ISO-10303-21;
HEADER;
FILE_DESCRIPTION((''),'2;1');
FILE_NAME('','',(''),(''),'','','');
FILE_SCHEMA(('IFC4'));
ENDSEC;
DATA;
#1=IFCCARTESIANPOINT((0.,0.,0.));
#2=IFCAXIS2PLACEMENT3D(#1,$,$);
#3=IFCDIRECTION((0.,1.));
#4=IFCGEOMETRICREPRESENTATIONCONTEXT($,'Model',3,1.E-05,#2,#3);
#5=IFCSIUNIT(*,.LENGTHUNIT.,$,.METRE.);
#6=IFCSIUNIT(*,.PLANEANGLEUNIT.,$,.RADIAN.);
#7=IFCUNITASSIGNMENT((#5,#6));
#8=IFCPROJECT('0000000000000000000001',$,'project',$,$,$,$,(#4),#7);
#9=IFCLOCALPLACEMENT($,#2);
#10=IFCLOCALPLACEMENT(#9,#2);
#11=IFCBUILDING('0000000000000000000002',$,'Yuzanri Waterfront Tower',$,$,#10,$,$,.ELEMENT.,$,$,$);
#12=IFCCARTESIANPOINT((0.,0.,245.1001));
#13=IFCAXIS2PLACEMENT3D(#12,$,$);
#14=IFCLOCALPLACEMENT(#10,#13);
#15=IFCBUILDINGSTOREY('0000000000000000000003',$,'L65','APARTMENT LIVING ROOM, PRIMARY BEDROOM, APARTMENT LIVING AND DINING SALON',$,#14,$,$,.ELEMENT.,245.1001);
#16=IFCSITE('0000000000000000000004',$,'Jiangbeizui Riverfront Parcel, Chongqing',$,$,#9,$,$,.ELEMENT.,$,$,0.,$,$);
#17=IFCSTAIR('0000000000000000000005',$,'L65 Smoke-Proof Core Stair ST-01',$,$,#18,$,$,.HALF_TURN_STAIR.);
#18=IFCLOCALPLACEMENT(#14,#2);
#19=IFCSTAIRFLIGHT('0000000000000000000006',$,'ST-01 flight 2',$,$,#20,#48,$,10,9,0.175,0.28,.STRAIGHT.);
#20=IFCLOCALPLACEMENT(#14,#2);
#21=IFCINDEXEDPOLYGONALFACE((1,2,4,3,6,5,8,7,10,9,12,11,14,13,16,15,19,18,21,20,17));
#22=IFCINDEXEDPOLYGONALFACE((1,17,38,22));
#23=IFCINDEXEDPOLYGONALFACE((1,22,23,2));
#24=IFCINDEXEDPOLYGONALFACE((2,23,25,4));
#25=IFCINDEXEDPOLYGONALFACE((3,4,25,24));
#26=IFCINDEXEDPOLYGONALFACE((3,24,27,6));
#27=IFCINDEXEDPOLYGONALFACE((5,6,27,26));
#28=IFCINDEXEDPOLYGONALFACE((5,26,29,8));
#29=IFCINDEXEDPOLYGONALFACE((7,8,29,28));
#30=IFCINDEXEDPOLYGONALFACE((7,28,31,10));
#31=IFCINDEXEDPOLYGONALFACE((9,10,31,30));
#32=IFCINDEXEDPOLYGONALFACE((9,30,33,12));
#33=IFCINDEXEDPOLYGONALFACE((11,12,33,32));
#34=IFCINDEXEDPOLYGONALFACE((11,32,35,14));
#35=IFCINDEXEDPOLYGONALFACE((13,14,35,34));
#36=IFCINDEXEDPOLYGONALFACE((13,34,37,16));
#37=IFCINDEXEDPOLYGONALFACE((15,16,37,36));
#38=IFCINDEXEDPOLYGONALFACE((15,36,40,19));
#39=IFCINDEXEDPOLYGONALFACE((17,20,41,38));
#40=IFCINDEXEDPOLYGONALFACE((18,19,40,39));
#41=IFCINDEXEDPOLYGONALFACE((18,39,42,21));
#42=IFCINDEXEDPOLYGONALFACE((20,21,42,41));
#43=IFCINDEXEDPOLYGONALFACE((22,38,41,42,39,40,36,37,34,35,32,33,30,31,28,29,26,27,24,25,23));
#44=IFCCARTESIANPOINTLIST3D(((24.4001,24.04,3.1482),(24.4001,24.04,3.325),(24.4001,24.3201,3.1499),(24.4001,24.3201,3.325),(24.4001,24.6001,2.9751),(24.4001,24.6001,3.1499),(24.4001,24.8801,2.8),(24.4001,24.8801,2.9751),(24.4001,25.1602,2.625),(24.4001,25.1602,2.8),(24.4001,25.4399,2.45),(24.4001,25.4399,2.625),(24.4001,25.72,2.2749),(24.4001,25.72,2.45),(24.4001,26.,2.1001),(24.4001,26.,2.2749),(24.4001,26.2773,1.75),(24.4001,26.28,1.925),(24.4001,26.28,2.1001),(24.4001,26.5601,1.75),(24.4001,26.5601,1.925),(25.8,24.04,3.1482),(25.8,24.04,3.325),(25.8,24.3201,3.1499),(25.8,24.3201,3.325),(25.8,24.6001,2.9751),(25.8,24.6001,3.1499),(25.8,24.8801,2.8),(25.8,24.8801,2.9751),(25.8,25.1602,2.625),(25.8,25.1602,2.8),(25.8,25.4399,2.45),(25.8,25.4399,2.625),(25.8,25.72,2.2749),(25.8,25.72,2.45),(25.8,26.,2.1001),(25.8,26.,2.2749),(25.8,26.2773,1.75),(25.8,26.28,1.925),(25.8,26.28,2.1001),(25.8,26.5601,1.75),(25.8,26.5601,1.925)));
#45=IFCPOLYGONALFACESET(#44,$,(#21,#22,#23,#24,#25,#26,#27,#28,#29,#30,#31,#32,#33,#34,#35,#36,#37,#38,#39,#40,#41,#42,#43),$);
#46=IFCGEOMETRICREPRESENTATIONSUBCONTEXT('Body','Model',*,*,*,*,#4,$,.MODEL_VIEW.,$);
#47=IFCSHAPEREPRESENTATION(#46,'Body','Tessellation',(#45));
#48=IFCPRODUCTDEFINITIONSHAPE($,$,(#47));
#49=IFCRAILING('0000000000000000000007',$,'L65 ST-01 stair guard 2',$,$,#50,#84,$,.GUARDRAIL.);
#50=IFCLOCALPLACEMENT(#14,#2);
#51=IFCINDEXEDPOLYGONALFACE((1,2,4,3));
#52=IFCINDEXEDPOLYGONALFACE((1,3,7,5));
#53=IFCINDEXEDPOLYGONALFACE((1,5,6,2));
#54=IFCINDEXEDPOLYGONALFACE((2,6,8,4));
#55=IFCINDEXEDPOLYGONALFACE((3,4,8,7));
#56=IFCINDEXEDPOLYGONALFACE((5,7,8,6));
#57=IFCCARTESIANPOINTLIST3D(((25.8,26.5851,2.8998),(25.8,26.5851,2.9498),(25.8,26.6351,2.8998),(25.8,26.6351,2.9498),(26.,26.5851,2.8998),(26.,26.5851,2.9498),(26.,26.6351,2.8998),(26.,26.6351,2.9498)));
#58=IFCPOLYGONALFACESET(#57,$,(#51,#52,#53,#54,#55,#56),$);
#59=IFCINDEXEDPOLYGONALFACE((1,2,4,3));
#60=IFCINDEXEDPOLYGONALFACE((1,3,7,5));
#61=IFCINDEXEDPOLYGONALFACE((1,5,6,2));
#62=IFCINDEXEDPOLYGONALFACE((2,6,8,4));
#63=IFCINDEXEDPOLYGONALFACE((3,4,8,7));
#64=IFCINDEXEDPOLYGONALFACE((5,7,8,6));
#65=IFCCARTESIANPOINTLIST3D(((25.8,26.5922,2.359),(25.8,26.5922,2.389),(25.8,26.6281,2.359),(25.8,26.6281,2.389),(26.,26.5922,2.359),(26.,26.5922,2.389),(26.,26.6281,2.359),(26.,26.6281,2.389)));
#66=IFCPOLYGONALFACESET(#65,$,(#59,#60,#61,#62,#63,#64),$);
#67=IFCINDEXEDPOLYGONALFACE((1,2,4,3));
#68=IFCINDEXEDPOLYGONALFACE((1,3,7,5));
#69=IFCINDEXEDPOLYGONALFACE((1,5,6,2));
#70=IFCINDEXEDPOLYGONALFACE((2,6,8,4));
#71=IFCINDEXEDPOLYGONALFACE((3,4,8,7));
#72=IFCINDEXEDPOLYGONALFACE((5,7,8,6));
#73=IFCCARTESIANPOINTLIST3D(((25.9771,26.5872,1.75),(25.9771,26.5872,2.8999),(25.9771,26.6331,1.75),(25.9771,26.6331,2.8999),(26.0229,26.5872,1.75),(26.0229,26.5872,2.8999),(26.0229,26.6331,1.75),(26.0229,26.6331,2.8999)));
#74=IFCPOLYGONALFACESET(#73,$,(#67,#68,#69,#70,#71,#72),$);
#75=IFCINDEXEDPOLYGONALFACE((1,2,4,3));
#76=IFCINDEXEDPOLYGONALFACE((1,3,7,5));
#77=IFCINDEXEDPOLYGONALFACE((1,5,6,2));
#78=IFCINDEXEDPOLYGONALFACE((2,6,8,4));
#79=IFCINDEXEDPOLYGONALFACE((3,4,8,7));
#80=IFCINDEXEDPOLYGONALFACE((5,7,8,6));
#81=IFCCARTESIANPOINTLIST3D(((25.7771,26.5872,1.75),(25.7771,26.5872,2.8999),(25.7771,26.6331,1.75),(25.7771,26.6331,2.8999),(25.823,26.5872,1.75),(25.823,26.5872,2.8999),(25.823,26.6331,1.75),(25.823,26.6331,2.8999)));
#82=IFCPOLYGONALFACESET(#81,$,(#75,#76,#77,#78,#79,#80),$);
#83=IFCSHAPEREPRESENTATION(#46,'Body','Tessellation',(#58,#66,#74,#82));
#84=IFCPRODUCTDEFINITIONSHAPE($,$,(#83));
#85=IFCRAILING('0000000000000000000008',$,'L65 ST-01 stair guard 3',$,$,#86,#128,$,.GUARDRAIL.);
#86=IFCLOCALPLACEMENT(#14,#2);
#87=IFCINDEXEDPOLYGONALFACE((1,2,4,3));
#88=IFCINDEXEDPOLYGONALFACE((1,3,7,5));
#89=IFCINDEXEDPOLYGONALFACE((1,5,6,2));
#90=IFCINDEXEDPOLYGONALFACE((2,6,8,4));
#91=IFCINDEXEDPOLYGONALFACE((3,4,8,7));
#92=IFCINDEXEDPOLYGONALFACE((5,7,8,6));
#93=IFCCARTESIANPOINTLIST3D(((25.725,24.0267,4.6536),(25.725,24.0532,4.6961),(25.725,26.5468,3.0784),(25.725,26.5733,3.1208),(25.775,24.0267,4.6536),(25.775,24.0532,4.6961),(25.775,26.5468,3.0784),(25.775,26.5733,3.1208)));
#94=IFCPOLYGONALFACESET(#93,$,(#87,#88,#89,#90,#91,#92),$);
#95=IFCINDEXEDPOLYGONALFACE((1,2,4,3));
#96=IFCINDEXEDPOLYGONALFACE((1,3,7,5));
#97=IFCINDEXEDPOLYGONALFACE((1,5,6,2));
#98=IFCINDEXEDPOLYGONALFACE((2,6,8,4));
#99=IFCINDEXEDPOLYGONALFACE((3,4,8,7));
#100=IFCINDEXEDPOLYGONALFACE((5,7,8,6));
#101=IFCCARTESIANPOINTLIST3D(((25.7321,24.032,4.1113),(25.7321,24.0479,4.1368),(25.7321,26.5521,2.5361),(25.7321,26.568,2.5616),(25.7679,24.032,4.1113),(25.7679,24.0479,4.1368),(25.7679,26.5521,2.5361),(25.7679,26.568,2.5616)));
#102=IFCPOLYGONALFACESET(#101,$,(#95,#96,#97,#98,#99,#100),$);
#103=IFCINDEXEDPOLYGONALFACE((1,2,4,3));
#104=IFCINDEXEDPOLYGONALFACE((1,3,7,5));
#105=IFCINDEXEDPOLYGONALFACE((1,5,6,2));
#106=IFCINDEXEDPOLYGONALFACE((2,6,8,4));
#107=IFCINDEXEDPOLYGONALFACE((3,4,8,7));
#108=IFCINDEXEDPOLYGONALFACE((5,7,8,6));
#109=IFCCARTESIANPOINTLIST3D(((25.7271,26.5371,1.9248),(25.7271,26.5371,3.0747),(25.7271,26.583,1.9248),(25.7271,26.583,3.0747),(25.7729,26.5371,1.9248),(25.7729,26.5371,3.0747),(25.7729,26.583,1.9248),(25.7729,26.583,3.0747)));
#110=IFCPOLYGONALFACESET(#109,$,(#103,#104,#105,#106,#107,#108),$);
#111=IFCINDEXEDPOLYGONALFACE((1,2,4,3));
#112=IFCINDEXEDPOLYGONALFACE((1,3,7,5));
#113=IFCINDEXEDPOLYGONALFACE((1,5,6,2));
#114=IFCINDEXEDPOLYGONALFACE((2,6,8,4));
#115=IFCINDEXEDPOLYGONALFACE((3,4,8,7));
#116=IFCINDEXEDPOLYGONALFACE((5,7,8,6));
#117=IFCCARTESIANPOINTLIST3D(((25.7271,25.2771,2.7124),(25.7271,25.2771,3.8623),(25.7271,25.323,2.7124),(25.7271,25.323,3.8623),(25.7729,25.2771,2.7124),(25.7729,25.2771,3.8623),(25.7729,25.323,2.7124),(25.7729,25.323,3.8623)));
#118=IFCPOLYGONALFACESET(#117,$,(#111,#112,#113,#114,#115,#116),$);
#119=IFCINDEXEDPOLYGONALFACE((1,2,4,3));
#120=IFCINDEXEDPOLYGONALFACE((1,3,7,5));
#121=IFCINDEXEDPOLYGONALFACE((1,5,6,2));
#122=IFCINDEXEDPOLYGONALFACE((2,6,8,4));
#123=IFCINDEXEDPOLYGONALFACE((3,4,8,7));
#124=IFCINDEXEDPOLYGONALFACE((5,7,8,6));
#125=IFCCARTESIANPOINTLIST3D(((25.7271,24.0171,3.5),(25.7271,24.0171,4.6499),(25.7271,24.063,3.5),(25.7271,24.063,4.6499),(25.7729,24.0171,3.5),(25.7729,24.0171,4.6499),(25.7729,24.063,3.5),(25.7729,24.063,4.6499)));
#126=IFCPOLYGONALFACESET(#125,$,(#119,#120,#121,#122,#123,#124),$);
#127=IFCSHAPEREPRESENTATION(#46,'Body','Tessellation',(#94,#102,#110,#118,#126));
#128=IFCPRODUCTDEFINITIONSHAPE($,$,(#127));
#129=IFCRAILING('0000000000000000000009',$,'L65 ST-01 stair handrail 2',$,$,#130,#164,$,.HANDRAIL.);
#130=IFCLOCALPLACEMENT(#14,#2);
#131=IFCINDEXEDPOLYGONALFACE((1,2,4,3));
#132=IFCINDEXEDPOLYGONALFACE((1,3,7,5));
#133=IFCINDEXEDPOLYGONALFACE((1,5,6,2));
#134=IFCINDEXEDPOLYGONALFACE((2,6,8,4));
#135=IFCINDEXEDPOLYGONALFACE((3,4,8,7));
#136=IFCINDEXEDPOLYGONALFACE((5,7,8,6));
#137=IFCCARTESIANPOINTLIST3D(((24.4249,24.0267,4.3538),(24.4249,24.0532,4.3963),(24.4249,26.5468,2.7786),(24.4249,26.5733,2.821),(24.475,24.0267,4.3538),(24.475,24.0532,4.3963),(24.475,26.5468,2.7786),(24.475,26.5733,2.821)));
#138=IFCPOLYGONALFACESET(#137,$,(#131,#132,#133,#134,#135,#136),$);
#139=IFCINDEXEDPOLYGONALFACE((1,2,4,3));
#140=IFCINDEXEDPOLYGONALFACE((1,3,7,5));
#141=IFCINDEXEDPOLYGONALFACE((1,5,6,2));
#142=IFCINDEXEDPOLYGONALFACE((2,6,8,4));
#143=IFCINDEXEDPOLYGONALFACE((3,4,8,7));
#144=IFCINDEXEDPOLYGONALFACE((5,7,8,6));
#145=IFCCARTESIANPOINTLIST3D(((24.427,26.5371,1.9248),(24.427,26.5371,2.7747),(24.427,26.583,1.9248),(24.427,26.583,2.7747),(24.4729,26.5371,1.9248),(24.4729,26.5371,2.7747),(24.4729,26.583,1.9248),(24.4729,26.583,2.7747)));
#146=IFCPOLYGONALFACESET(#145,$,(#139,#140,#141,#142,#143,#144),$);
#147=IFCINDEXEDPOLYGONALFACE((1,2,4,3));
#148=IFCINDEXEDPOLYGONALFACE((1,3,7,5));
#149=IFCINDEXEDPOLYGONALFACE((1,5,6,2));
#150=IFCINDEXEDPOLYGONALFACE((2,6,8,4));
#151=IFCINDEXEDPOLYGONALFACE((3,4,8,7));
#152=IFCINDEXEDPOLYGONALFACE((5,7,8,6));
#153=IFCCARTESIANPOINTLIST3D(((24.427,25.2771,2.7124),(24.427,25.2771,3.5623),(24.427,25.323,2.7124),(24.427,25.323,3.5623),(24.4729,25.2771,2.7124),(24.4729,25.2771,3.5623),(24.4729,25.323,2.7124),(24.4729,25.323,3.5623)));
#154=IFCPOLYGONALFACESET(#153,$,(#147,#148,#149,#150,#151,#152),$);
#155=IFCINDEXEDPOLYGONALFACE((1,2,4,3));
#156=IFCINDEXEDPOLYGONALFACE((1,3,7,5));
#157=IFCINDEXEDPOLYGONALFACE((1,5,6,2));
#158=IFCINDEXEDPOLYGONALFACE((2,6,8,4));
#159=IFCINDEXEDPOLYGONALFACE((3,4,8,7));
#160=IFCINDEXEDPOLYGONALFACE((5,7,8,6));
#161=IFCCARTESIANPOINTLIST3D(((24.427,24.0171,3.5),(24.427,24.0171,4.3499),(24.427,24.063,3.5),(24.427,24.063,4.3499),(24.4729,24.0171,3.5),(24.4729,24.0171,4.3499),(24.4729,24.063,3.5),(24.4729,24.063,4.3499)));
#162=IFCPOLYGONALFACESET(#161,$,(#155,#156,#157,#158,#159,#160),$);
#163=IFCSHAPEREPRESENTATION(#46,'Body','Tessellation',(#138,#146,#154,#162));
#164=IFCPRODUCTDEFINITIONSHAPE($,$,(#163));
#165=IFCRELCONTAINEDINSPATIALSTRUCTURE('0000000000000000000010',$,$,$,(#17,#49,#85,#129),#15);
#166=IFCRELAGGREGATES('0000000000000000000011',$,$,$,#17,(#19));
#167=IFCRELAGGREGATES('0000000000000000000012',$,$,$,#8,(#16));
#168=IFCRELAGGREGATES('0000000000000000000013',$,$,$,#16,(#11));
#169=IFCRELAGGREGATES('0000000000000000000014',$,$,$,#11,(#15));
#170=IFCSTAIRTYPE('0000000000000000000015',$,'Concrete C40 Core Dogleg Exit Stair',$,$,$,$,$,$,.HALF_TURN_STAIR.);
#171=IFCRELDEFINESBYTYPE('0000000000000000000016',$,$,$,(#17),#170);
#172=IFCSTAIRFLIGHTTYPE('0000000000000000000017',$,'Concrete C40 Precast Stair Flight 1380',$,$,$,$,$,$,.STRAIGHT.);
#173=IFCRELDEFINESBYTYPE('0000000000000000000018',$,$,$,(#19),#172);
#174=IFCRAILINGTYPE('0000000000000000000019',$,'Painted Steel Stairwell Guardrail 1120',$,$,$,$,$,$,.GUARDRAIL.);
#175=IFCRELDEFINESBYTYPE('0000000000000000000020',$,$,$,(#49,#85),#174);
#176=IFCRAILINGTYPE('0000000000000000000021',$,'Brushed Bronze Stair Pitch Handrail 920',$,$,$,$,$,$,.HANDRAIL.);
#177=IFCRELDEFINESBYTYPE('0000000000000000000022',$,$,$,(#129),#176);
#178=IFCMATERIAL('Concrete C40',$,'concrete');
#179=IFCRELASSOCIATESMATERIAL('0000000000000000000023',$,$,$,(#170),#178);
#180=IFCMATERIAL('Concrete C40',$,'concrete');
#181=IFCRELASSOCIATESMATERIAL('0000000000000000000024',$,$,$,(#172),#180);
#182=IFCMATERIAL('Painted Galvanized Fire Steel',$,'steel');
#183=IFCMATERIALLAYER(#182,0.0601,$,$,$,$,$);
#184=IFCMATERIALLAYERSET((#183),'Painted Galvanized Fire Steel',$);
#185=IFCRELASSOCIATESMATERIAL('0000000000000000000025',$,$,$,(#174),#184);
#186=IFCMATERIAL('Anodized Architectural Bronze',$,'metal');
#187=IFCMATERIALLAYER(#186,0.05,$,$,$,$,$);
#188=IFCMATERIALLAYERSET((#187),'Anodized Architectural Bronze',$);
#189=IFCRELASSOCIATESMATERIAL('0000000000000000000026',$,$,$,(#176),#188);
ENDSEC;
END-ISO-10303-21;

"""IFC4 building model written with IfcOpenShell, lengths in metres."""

from ifc_helpers import new_model, si_unit, direction, frame, origin, origin_2d, place, context, subcontext, project, spatial, polyline, rectangle, outline, extrude, source, transform, mapped, material, layer, layer_set, type_object, element, aggregate, save


model = new_model("IFC4")

# Units and contexts
model_context = context("Model", 3, precision=1e-05, world=origin(), true_north=direction((0.0, 1.0)))
body_context = subcontext(model_context, "Body", "Model", "MODEL_VIEW")
ifc_project = project(units=[si_unit("LENGTHUNIT", "METRE"), si_unit("PLANEANGLEUNIT", "RADIAN")], contexts=[model_context])

# Site, building, storey
site_placement = place(None, origin())
site = spatial("IfcSite", under=ifc_project, at=site_placement, Name="Jiangbeizui Riverfront Parcel, Chongqing", CompositionType="ELEMENT", RefElevation=0.0)
building_placement = place(site_placement, origin())
building = spatial("IfcBuilding", under=site, at=building_placement, Name="Yuzanri Waterfront Tower", CompositionType="ELEMENT")
storey_placement = place(building_placement, frame((0.0, 0.0, 245.1001)))
storey = spatial("IfcBuildingStorey", under=building, at=storey_placement, Name="L65", Description="APARTMENT LIVING ROOM, PRIMARY BEDROOM, APARTMENT LIVING AND DINING SALON", CompositionType="ELEMENT", Elevation=245.1001)

# Stair, stair flight
ifc_material_1 = material(Name="Concrete C40", Category="concrete")
stair_type = type_object("IfcStairType", Name="Concrete C40 Core Dogleg Exit Stair", PredefinedType="HALF_TURN_STAIR", material=ifc_material_1)
stair_placement = place(storey_placement, origin())
stair = element("IfcStair", 1, at=stair_placement, inside=storey, type_object=stair_type, Name="L65 Smoke-Proof Core Stair ST-01", PredefinedType="HALF_TURN_STAIR")
ifc_material_2 = material(Name="Concrete C40", Category="concrete")
stair_flight_type = type_object("IfcStairFlightType", Name="Concrete C40 Precast Stair Flight 1380", PredefinedType="STRAIGHT", material=ifc_material_2)
shared_shape_1 = source(origin(), body_context, "Body", "SweptSolid", [
    extrude(outline(polyline([(0.0, 0.0), (0.0, 0.175), (0.28, 0.175), (0.28, 0.3501), (0.5601, 0.3501), (0.5601, 0.5249), (0.8401, 0.5249), (0.8401, 0.7), (1.1201, 0.7), (1.1201, 0.875), (1.3999, 0.875), (1.3999, 1.05), (1.6799, 1.05), (1.6799, 1.2251), (1.96, 1.2251), (1.96, 1.3999), (2.24, 1.3999), (2.24, 1.575), (2.52, 1.575), (2.52, 1.75), (2.52, 1.3982), (0.2827, 0.0), (0.0, 0.0)])), frame((0.0, 0.7, 0.0), z_axis=(0.0, -1.0, 0.0), x_axis=(1.0, 0.0, 0.0)), (0.0, 0.0, 1.0), 1.3999),
])
stair_flight_placement = place(storey_placement, frame((25.1001, 26.5601, 1.75), z_axis=(0.0, 0.0, 1.0), x_axis=(0.0, -1.0, 0.0)))
stair_flight = element("IfcStairFlight", 2, at=stair_flight_placement, type_object=stair_flight_type, Name="ST-01 flight 2", NumberOfRisers=10, NumberOfTreads=9, PredefinedType="STRAIGHT", RiserHeight=0.175, TreadLength=0.28, context=body_context, shape_type="MappedRepresentation", body=[
    mapped(shared_shape_1, transform((0.0, 0.0, 0.0), scale=1.0)),
])
aggregate(stair, [stair_flight])

# Railings
ifc_material_3 = material(Name="Painted Galvanized Fire Steel", Category="steel")
ifc_layer_1 = layer(ifc_material_3, 0.0601)
ifc_layer_set_1 = layer_set([ifc_layer_1], Name="Painted Galvanized Fire Steel")
railing_type_1 = type_object("IfcRailingType", Name="Painted Steel Stairwell Guardrail 1120", PredefinedType="GUARDRAIL", material=ifc_layer_set_1)
shared_shape_2 = source(origin(), body_context, "Body", "SweptSolid", [
    extrude(rectangle(XDim=0.05, YDim=0.05, at=origin_2d()), frame((0.0, 0.0, 1.1748), z_axis=(-1.0, 0.0, 0.0), x_axis=(0.0, -1.0, 0.0)), (0.0, 0.0, 1.0), 0.2),
    extrude(rectangle(XDim=0.0359, YDim=0.03, at=origin_2d()), frame((0.0, 0.0, 0.624), z_axis=(-1.0, 0.0, 0.0), x_axis=(0.0, -1.0, 0.0)), (0.0, 0.0, 1.0), 0.2),
    extrude(rectangle(XDim=0.0459, YDim=0.0459, at=origin_2d()), origin(), (0.0, 0.0, 1.0), 1.1499),
    extrude(rectangle(XDim=0.0459, YDim=0.0459, at=origin_2d()), frame((-0.2, 0.0, 0.0)), (0.0, 0.0, 1.0), 1.1499),
])
railing_1_placement = place(storey_placement, frame((26.0, 26.6101, 1.75)))
element("IfcRailing", 3, at=railing_1_placement, inside=storey, type_object=railing_type_1, Name="L65 ST-01 stair guard 2", PredefinedType="GUARDRAIL", context=body_context, shape_type="MappedRepresentation", body=[
    mapped(shared_shape_2, transform((0.0, 0.0, 0.0), scale=1.0)),
])
shared_shape_3 = source(origin(), body_context, "Body", "SweptSolid", [
    extrude(rectangle(XDim=0.05, YDim=0.05, at=origin_2d()), frame((0.0, 0.0, 1.1748), z_axis=(0.0, -0.847971, 0.530043), x_axis=(1.0, 0.0, 0.0)), (0.0, 0.0, 1.0), 2.9719),
    extrude(rectangle(XDim=0.0359, YDim=0.03, at=origin_2d()), frame((0.0, 0.0, 0.624), z_axis=(0.0, -0.847971, 0.530043), x_axis=(1.0, 0.0, 0.0)), (0.0, 0.0, 1.0), 2.9719),
    extrude(rectangle(XDim=0.0459, YDim=0.0459, at=origin_2d()), origin(), (0.0, 0.0, 1.0), 1.1499),
    extrude(rectangle(XDim=0.0459, YDim=0.0459, at=origin_2d()), frame((0.0, -1.26, 0.7876)), (0.0, 0.0, 1.0), 1.1499),
    extrude(rectangle(XDim=0.0459, YDim=0.0459, at=origin_2d()), frame((0.0, -2.52, 1.5752)), (0.0, 0.0, 1.0), 1.1499),
])
railing_2_placement = place(storey_placement, frame((25.75, 26.5601, 1.9248)))
element("IfcRailing", 4, at=railing_2_placement, inside=storey, type_object=railing_type_1, Name="L65 ST-01 stair guard 3", PredefinedType="GUARDRAIL", context=body_context, shape_type="MappedRepresentation", body=[
    mapped(shared_shape_3, transform((0.0, 0.0, 0.0), scale=1.0)),
])
ifc_material_4 = material(Name="Anodized Architectural Bronze", Category="metal")
ifc_layer_2 = layer(ifc_material_4, 0.05)
ifc_layer_set_2 = layer_set([ifc_layer_2], Name="Anodized Architectural Bronze")
railing_type_2 = type_object("IfcRailingType", Name="Brushed Bronze Stair Pitch Handrail 920", PredefinedType="HANDRAIL", material=ifc_layer_set_2)
shared_shape_4 = source(origin(), body_context, "Body", "SweptSolid", [
    extrude(rectangle(XDim=0.05, YDim=0.05, at=origin_2d()), frame((0.0, 0.0, 0.875), z_axis=(0.0, -0.847971, 0.530043), x_axis=(1.0, 0.0, 0.0)), (0.0, 0.0, 1.0), 2.9719),
    extrude(rectangle(XDim=0.0459, YDim=0.0459, at=origin_2d()), origin(), (0.0, 0.0, 1.0), 0.8499),
    extrude(rectangle(XDim=0.0459, YDim=0.0459, at=origin_2d()), frame((0.0, -1.26, 0.7876)), (0.0, 0.0, 1.0), 0.8499),
    extrude(rectangle(XDim=0.0459, YDim=0.0459, at=origin_2d()), frame((0.0, -2.52, 1.5752)), (0.0, 0.0, 1.0), 0.8499),
])
railing_3_placement = place(storey_placement, frame((24.45, 26.5601, 1.9248)))
element("IfcRailing", 5, at=railing_3_placement, inside=storey, type_object=railing_type_2, Name="L65 ST-01 stair handrail 2", PredefinedType="HANDRAIL", context=body_context, shape_type="MappedRepresentation", body=[
    mapped(shared_shape_4, transform((0.0, 0.0, 0.0), scale=1.0)),
])

save(model, "model.ifc")
